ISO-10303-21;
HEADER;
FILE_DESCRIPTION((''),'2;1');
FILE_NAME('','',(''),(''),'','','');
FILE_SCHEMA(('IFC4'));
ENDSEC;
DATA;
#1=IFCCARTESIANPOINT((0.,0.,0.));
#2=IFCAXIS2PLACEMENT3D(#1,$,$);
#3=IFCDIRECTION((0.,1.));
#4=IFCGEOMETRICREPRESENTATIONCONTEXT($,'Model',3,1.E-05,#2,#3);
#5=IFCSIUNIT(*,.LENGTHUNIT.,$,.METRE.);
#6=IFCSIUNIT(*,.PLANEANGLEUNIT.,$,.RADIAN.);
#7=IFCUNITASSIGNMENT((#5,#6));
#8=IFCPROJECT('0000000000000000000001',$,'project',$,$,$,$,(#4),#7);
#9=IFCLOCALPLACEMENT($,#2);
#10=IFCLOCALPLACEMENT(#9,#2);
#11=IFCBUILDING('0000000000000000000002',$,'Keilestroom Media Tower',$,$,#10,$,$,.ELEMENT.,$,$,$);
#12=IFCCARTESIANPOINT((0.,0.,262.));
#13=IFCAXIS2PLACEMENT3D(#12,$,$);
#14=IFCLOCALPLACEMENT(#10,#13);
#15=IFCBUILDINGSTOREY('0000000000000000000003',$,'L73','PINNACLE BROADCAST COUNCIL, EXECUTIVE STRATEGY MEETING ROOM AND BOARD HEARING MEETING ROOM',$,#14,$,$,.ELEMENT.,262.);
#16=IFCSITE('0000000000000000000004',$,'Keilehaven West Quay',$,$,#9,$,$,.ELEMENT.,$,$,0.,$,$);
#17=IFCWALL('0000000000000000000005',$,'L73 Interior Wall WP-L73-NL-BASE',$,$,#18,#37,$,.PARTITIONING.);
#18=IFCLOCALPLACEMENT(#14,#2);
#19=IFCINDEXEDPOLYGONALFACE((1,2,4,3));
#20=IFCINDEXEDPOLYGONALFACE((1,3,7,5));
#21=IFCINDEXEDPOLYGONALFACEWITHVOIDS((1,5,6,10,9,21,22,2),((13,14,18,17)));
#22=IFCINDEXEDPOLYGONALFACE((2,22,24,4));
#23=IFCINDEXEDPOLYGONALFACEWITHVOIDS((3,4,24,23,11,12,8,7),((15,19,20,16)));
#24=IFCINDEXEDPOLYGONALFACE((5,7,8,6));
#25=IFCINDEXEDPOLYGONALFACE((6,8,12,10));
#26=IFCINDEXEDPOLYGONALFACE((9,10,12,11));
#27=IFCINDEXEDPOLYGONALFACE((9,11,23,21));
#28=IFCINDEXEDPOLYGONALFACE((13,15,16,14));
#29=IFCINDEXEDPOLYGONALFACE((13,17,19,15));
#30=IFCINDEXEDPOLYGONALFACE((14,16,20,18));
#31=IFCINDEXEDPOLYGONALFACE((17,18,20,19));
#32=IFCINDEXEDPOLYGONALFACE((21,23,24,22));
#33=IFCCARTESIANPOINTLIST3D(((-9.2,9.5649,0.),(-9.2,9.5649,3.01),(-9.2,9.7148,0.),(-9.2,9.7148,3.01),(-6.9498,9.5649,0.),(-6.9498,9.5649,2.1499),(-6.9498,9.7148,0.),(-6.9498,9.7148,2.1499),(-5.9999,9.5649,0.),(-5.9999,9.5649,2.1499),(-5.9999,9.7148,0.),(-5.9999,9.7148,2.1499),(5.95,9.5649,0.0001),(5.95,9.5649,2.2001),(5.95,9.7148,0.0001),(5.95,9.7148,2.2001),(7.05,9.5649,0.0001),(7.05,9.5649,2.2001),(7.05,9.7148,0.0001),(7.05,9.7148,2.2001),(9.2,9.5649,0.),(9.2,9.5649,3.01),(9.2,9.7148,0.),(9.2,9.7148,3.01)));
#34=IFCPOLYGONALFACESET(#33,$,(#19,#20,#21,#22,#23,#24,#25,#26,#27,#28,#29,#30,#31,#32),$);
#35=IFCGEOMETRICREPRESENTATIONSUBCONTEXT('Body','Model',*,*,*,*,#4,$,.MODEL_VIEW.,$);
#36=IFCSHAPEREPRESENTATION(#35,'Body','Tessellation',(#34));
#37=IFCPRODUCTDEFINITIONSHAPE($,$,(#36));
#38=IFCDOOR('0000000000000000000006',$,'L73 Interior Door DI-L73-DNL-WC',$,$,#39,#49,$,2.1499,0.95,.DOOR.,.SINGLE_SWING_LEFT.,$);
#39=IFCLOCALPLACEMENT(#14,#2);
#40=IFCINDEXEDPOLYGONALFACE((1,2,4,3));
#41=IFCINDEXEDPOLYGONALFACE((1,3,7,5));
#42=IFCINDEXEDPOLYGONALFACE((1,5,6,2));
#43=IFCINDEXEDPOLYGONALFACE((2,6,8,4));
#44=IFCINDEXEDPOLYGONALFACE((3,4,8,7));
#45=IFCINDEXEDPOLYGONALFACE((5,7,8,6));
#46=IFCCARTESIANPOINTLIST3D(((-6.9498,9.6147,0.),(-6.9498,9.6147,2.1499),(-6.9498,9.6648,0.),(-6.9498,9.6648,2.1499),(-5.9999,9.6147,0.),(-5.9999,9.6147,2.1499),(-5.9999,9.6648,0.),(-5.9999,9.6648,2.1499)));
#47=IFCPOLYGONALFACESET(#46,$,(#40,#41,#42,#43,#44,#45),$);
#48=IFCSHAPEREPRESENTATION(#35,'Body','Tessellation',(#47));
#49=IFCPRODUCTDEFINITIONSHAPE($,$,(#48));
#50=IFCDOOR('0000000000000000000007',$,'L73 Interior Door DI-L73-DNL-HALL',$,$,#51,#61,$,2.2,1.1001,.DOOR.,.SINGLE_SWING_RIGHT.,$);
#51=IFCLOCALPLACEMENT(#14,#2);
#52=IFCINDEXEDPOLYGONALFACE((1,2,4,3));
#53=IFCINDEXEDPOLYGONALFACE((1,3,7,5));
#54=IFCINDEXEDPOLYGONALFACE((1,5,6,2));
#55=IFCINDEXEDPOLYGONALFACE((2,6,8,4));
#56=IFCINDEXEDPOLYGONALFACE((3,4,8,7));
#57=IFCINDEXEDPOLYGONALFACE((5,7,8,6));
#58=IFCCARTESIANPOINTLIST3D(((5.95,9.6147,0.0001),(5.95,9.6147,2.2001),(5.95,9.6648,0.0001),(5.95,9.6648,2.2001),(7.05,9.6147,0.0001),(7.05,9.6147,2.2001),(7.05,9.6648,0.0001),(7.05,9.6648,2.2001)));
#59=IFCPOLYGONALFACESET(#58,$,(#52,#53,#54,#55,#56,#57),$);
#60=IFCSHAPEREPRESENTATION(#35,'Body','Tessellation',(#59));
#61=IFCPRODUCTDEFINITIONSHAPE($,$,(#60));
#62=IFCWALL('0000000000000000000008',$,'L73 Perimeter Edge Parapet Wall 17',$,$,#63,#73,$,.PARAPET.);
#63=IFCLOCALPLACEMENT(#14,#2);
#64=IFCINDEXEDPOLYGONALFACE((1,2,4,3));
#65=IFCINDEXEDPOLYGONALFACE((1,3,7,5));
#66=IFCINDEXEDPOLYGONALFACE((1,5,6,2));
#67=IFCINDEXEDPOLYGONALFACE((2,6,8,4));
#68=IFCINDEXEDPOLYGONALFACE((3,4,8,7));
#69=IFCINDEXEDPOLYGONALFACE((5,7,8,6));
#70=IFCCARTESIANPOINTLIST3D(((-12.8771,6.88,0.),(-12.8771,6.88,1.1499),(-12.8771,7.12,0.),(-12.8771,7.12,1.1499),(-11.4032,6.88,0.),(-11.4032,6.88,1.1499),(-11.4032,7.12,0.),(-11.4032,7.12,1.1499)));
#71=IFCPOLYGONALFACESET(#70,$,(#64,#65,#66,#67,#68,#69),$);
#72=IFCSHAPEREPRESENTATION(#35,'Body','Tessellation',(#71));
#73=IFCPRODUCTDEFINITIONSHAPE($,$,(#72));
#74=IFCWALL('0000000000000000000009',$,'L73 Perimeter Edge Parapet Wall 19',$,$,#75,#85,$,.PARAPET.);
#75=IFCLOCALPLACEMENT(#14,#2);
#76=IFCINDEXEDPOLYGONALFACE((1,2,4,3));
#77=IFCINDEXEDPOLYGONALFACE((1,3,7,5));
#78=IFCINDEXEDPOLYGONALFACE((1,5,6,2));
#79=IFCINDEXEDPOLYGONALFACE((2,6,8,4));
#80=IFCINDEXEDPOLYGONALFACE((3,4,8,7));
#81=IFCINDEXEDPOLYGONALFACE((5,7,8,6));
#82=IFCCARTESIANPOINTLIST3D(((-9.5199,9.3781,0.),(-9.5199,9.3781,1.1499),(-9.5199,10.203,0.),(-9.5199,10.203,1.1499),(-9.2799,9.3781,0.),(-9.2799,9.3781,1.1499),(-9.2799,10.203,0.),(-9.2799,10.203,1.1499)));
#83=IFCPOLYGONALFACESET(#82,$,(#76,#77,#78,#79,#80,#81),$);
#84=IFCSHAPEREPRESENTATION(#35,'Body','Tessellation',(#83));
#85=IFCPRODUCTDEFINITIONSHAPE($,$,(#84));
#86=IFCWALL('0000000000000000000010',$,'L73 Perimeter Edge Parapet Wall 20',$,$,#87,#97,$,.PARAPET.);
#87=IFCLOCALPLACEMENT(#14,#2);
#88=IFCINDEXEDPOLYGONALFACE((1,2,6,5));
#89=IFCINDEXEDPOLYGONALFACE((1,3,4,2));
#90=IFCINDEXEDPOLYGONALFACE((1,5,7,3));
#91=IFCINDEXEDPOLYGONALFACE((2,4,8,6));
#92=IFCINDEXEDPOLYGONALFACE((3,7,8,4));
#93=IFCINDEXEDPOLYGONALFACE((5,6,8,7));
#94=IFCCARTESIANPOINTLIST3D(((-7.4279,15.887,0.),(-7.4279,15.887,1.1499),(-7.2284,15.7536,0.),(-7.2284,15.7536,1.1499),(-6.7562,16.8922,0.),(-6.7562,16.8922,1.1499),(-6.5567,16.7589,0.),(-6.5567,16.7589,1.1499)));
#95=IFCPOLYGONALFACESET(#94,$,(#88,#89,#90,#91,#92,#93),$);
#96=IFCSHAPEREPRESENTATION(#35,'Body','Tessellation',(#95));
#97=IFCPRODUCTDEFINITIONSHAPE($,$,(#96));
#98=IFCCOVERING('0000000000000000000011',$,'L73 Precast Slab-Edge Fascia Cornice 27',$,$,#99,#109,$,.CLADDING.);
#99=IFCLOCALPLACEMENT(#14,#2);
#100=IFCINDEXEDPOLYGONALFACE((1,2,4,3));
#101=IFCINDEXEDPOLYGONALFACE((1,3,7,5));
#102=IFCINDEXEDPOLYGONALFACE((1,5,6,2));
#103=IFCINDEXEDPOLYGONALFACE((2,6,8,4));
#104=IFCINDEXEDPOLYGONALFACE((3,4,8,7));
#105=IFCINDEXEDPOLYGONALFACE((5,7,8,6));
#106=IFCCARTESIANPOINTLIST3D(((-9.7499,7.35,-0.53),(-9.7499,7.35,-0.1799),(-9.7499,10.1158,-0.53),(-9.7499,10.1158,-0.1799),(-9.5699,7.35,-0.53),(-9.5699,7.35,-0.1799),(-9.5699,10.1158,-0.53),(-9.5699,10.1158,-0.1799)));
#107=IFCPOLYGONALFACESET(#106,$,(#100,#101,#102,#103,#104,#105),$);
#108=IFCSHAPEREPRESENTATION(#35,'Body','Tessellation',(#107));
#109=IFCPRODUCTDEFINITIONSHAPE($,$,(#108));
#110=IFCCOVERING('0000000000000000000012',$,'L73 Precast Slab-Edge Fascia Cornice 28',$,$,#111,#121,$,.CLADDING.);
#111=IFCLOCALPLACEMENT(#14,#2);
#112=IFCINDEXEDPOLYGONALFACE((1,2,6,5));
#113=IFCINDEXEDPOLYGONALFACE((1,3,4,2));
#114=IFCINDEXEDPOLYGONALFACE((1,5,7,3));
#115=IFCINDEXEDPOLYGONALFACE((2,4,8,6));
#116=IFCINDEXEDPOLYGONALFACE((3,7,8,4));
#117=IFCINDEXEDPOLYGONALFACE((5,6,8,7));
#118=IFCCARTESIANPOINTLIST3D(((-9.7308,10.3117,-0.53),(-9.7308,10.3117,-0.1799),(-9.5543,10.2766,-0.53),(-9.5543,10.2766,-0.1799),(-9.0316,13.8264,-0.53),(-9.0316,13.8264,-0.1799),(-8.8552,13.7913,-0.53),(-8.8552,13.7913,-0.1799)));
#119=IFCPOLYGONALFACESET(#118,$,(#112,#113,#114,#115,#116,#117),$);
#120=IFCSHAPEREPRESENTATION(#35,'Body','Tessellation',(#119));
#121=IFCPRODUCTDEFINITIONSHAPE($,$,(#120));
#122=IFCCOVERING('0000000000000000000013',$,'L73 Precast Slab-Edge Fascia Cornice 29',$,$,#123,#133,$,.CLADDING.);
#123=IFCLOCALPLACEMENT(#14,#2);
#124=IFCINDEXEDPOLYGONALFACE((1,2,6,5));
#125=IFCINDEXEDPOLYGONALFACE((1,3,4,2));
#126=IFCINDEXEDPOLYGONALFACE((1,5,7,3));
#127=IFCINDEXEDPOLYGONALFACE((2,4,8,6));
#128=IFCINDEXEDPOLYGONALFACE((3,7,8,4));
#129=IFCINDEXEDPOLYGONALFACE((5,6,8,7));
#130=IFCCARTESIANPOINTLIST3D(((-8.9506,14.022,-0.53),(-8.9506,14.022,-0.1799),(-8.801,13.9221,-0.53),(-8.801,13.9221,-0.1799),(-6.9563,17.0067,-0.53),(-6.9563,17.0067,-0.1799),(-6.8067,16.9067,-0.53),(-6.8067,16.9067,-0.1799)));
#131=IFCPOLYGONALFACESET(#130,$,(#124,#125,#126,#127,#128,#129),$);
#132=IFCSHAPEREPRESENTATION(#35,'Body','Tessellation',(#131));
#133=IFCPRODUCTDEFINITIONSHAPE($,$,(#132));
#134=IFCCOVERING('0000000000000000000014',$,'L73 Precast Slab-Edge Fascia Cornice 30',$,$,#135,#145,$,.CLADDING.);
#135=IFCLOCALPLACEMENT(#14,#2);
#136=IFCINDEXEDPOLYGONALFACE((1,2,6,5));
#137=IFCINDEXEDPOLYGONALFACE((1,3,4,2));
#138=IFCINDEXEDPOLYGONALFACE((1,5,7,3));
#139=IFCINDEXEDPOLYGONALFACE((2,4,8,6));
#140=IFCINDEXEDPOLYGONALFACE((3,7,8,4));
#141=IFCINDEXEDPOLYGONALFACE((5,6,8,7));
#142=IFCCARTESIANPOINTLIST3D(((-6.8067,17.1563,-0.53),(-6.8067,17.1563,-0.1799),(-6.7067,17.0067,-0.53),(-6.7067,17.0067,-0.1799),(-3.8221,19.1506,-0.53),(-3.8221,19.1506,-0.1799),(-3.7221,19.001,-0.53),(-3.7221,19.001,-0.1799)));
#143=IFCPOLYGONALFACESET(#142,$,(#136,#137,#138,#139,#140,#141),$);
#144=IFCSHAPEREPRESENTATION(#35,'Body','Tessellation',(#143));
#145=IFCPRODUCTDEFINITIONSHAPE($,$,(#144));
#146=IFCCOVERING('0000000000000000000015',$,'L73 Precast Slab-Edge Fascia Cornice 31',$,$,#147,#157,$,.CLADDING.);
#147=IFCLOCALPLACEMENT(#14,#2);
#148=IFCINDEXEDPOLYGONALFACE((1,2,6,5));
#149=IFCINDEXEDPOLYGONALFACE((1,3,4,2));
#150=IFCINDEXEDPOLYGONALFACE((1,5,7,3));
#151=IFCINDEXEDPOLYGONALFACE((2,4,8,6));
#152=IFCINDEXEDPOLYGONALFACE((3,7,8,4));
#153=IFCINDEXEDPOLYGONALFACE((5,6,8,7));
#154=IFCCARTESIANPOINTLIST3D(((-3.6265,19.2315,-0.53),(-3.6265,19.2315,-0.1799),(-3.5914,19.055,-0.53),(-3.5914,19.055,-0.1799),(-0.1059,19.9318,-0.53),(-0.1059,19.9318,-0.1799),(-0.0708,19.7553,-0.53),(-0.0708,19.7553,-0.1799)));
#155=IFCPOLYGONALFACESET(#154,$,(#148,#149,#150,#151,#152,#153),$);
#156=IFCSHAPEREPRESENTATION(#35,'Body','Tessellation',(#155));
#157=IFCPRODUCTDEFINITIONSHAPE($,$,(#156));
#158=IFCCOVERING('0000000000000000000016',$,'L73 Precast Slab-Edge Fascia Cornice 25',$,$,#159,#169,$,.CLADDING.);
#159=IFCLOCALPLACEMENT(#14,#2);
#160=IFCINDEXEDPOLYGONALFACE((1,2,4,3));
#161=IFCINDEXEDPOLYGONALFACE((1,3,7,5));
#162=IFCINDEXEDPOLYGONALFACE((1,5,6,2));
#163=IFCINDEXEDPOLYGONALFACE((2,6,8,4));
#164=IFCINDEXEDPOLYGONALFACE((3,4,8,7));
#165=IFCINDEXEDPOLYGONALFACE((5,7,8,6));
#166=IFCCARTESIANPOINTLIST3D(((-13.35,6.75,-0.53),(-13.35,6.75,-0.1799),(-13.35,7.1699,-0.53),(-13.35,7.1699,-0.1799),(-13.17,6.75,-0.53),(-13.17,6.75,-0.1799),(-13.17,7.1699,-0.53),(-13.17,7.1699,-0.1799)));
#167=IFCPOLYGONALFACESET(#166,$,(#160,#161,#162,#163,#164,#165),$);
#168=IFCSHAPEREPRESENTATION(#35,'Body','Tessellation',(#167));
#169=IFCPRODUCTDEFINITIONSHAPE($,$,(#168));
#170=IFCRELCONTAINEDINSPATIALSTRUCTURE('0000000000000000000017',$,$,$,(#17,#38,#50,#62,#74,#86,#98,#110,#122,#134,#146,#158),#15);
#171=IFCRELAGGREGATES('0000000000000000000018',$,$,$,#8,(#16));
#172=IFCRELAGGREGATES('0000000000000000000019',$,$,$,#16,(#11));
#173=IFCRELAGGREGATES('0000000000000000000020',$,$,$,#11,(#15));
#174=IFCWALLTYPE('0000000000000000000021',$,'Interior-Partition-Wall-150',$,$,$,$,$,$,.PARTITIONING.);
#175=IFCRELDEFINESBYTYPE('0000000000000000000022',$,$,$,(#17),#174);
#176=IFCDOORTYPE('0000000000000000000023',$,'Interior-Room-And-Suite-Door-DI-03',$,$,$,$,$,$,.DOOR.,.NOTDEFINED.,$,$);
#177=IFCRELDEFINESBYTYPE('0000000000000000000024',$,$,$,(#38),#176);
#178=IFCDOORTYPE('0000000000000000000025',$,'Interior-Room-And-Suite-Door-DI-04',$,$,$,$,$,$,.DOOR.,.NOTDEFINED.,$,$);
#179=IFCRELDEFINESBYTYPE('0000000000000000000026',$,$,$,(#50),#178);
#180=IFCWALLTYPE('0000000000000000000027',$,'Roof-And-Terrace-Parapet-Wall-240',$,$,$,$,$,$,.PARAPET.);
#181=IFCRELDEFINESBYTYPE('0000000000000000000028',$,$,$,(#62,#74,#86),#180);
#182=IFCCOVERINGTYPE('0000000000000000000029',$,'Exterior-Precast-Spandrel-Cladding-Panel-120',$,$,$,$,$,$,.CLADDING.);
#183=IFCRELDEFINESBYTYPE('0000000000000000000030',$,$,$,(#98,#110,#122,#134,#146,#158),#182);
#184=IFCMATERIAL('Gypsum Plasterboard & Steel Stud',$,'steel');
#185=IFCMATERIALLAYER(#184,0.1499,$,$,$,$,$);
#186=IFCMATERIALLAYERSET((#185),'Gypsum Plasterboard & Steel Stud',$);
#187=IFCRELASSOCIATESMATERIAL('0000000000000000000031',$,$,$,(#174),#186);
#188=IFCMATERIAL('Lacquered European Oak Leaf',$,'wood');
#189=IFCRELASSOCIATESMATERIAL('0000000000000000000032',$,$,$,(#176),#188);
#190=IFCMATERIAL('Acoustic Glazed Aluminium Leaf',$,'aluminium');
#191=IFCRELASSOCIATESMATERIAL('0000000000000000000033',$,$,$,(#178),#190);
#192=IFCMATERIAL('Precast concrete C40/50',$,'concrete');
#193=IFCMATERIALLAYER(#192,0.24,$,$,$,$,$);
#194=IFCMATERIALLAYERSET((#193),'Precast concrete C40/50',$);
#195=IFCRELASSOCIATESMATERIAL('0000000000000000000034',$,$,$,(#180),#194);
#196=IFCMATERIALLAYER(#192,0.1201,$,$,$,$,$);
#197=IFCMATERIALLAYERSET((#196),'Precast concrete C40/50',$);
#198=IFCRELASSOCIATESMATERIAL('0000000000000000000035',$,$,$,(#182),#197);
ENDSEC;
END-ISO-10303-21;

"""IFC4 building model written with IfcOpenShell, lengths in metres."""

from ifc_helpers import new_model, si_unit, direction, frame, frame_2d, origin, origin_2d, place, context, subcontext, project, spatial, rectangle, extrude, source, transform, mapped, material, layer, layer_set, type_object, element, fill, save


model = new_model("IFC4")

# Units and contexts
model_context = context("Model", 3, precision=1e-05, world=origin(), true_north=direction((0.0, 1.0)))
body_context = subcontext(model_context, "Body", "Model", "MODEL_VIEW")
ifc_project = project(units=[si_unit("LENGTHUNIT", "METRE"), si_unit("PLANEANGLEUNIT", "RADIAN")], contexts=[model_context])

# Site, building, storey
site_placement = place(None, origin())
site = spatial("IfcSite", under=ifc_project, at=site_placement, Name="Keilehaven West Quay", CompositionType="ELEMENT", RefElevation=0.0)
building_placement = place(site_placement, origin())
building = spatial("IfcBuilding", under=site, at=building_placement, Name="Keilestroom Media Tower", CompositionType="ELEMENT")
storey_placement = place(building_placement, frame((0.0, 0.0, 262.0)))
storey = spatial("IfcBuildingStorey", under=building, at=storey_placement, Name="L73", Description="PINNACLE BROADCAST COUNCIL, EXECUTIVE STRATEGY MEETING ROOM AND BOARD HEARING MEETING ROOM", CompositionType="ELEMENT", Elevation=262.0)

# Shared definitions
ifc_material_1 = material(Name="Precast concrete C40/50", Category="concrete")
ifc_material_2 = material(Name="Gypsum Plasterboard & Steel Stud", Category="steel")

# Wall, openings, doors
ifc_layer_1 = layer(ifc_material_2, 0.1499)
ifc_layer_set_1 = layer_set([ifc_layer_1], Name="Gypsum Plasterboard & Steel Stud")
wall_type_1 = type_object("IfcWallType", Name="Interior-Partition-Wall-150", PredefinedType="PARTITIONING", material=ifc_layer_set_1)
wall_1_placement = place(storey_placement, frame((-9.2, 9.6399, 0.0), z_axis=(0.0, 0.0, 1.0), x_axis=(1.0, 0.0, 0.0)))
wall_1 = element("IfcWall", 1, at=wall_1_placement, inside=storey, type_object=wall_type_1, Name="L73 Interior Wall WP-L73-NL-BASE", PredefinedType="PARTITIONING", context=body_context, shape_type="SweptSolid", body=[
    extrude(rectangle(XDim=18.3999, YDim=0.1499, at=frame_2d((9.2, 0.0))), origin(), (0.0, 0.0, 1.0), 3.01),
])
opening_1_placement = place(wall_1_placement, frame((2.25, 0.0, 0.0)))
opening_1 = element("IfcOpeningElement", 2, at=opening_1_placement, cuts=wall_1, PredefinedType="OPENING", context=body_context, shape_type="SweptSolid", body=[
    extrude(rectangle(XDim=0.95, YDim=2.1499, at=frame_2d((0.4751, 1.075))), frame((0.0, 0.085, 0.0), z_axis=(0.0, -1.0, 0.0), x_axis=(1.0, 0.0, 0.0)), (0.0, 0.0, 1.0), 0.1699),
])
opening_2_placement = place(wall_1_placement, frame((15.1499, 0.0, 0.0)))
opening_2 = element("IfcOpeningElement", 3, at=opening_2_placement, cuts=wall_1, PredefinedType="OPENING", context=body_context, shape_type="SweptSolid", body=[
    extrude(rectangle(XDim=1.1001, YDim=2.2, at=frame_2d((0.55, 1.1001))), frame((0.0, 0.085, 0.0), z_axis=(0.0, -1.0, 0.0), x_axis=(1.0, 0.0, 0.0)), (0.0, 0.0, 1.0), 0.1699),
])
ifc_material_3 = material(Name="Lacquered European Oak Leaf", Category="wood")
door_type_1 = type_object("IfcDoorType", Name="Interior-Room-And-Suite-Door-DI-03", OperationType="NOTDEFINED", PredefinedType="DOOR", material=ifc_material_3)
shared_shape_1 = source(origin(), body_context, "Body", "SweptSolid", [
    extrude(rectangle(XDim=0.95, YDim=2.1499, at=frame_2d((0.4751, 1.075))), frame((0.0, 0.0249, 0.0), z_axis=(0.0, -1.0, 0.0), x_axis=(1.0, 0.0, 0.0)), (0.0, 0.0, 1.0), 0.05),
])
door_1_placement = place(opening_1_placement, origin())
door_1 = element("IfcDoor", 4, at=door_1_placement, inside=storey, type_object=door_type_1, Name="L73 Interior Door DI-L73-DNL-WC", OperationType="SINGLE_SWING_LEFT", OverallHeight=2.1499, OverallWidth=0.95, PredefinedType="DOOR", context=body_context, shape_type="MappedRepresentation", body=[
    mapped(shared_shape_1, transform((0.0, 0.0, 0.0), x_axis=(1.0, 0.0, 0.0), y_axis=(0.0, 1.0, 0.0), z_axis=(0.0, 0.0, 1.0), scale=1.0)),
])
fill(opening_1, door_1)
ifc_material_4 = material(Name="Acoustic Glazed Aluminium Leaf", Category="aluminium")
door_type_2 = type_object("IfcDoorType", Name="Interior-Room-And-Suite-Door-DI-04", OperationType="NOTDEFINED", PredefinedType="DOOR", material=ifc_material_4)
shared_shape_2 = source(origin(), body_context, "Body", "SweptSolid", [
    extrude(rectangle(XDim=1.1001, YDim=2.2, at=frame_2d((0.55, 1.1001))), frame((0.0, 0.0249, 0.0), z_axis=(0.0, -1.0, 0.0), x_axis=(1.0, 0.0, 0.0)), (0.0, 0.0, 1.0), 0.05),
])
door_2_placement = place(opening_2_placement, origin())
door_2 = element("IfcDoor", 5, at=door_2_placement, inside=storey, type_object=door_type_2, Name="L73 Interior Door DI-L73-DNL-HALL", OperationType="SINGLE_SWING_RIGHT", OverallHeight=2.2, OverallWidth=1.1001, PredefinedType="DOOR", context=body_context, shape_type="MappedRepresentation", body=[
    mapped(shared_shape_2, transform((0.0, 0.0, 0.0), x_axis=(1.0, 0.0, 0.0), y_axis=(0.0, 1.0, 0.0), z_axis=(0.0, 0.0, 1.0), scale=1.0)),
])
fill(opening_2, door_2)

# Walls
ifc_layer_2 = layer(ifc_material_1, 0.24)
ifc_layer_set_2 = layer_set([ifc_layer_2], Name="Precast concrete C40/50")
wall_type_2 = type_object("IfcWallType", Name="Roof-And-Terrace-Parapet-Wall-240", PredefinedType="PARAPET", material=ifc_layer_set_2)
wall_2_placement = place(storey_placement, frame((-12.877, 7.0, 0.0), z_axis=(0.0, 0.0, 1.0), x_axis=(1.0, 0.0, 0.0)))
element("IfcWall", 6, at=wall_2_placement, inside=storey, type_object=wall_type_2, Name="L73 Perimeter Edge Parapet Wall 17", PredefinedType="PARAPET", context=body_context, shape_type="SweptSolid", body=[
    extrude(rectangle(XDim=1.4739, YDim=0.24, at=frame_2d((0.7368, 0.0))), origin(), (0.0, 0.0, 1.0), 1.1499),
])
wall_3_placement = place(storey_placement, frame((-9.3999, 9.3779, 0.0), z_axis=(0.0, 0.0, 1.0), x_axis=(0.0, 1.0, 0.0)))
element("IfcWall", 7, at=wall_3_placement, inside=storey, type_object=wall_type_2, Name="L73 Perimeter Edge Parapet Wall 19", PredefinedType="PARAPET", context=body_context, shape_type="SweptSolid", body=[
    extrude(rectangle(XDim=0.825, YDim=0.24, at=frame_2d((0.4126, 0.0))), origin(), (0.0, 0.0, 1.0), 1.1499),
])
wall_4_placement = place(storey_placement, frame((-7.3281, 15.8203, 0.0), z_axis=(0.0, 0.0, 1.0), x_axis=(0.555585, 0.831459, 0.0)))
element("IfcWall", 8, at=wall_4_placement, inside=storey, type_object=wall_type_2, Name="L73 Perimeter Edge Parapet Wall 20", PredefinedType="PARAPET", context=body_context, shape_type="SweptSolid", body=[
    extrude(rectangle(XDim=1.209, YDim=0.24, at=frame_2d((0.6045, 0.0))), origin(), (0.0, 0.0, 1.0), 1.1499),
])

# Coverings
ifc_layer_3 = layer(ifc_material_1, 0.1201)
ifc_layer_set_3 = layer_set([ifc_layer_3], Name="Precast concrete C40/50")
covering_type_1 = type_object("IfcCoveringType", Name="Exterior-Precast-Spandrel-Cladding-Panel-120", PredefinedType="CLADDING", material=ifc_layer_set_3)
shared_shape_3 = source(origin(), body_context, "Body", "SweptSolid", [
    extrude(rectangle(XDim=2.7659, YDim=0.1799, at=origin_2d()), origin(), (0.0, 0.0, 1.0), 0.3501),
])
covering_1_placement = place(storey_placement, frame((-9.6599, 8.7329, -0.53), z_axis=(0.0, 0.0, 1.0), x_axis=(0.0, 1.0, 0.0)))
element("IfcCovering", 9, at=covering_1_placement, inside=storey, type_object=covering_type_1, Name="L73 Precast Slab-Edge Fascia Cornice 27", PredefinedType="CLADDING", context=body_context, shape_type="MappedRepresentation", body=[
    mapped(shared_shape_3, transform((0.0, 0.0, 0.0), x_axis=(1.0, 0.0, 0.0), y_axis=(0.0, 1.0, 0.0), z_axis=(0.0, 0.0, 1.0), scale=1.0)),
])
shared_shape_4 = source(origin(), body_context, "Body", "SweptSolid", [
    extrude(rectangle(XDim=3.5835, YDim=0.1799, at=origin_2d()), origin(), (0.0, 0.0, 1.0), 0.3501),
])
covering_2_placement = place(storey_placement, frame((-9.293, 12.0515, -0.53), z_axis=(0.0, 0.0, 1.0), x_axis=(0.195099, 0.980784, 0.0)))
element("IfcCovering", 10, at=covering_2_placement, inside=storey, type_object=covering_type_1, Name="L73 Precast Slab-Edge Fascia Cornice 28", PredefinedType="CLADDING", context=body_context, shape_type="MappedRepresentation", body=[
    mapped(shared_shape_4, transform((0.0, 0.0, 0.0), x_axis=(1.0, 0.0, 0.0), y_axis=(0.0, 1.0, 0.0), z_axis=(0.0, 0.0, 1.0), scale=1.0)),
])
shared_shape_5 = source(origin(), body_context, "Body", "SweptSolid", [
    extrude(rectangle(XDim=3.5896, YDim=0.1799, at=origin_2d()), origin(), (0.0, 0.0, 1.0), 0.3501),
])
for number, where, z_axis, x_axis, name in (
    (11, (-7.8787, 15.4644, -0.53), (0.0, 0.0, 1.0), (0.555575, 0.831467, 0.0), "L73 Precast Slab-Edge Fascia Cornice 29"),
    (12, (-5.2644, 18.0786, -0.53), (0.0, 0.0, 1.0), (0.831467, 0.555575, 0.0), "L73 Precast Slab-Edge Fascia Cornice 30"),
    (13, (-1.8486, 19.4934, -0.53), (0.0, 0.0, 1.0), (0.980784, 0.195099, 0.0), "L73 Precast Slab-Edge Fascia Cornice 31"),
):
    element("IfcCovering", number, at=place(storey_placement, frame(where, z_axis=z_axis, x_axis=x_axis)), inside=storey, type_object=covering_type_1, Name=name, PredefinedType="CLADDING", context=body_context, shape_type="MappedRepresentation", body=[
        mapped(shared_shape_5, transform((0.0, 0.0, 0.0), x_axis=(1.0, 0.0, 0.0), y_axis=(0.0, 1.0, 0.0), z_axis=(0.0, 0.0, 1.0), scale=1.0)),
    ])
shared_shape_6 = source(origin(), body_context, "Body", "SweptSolid", [
    extrude(rectangle(XDim=0.4199, YDim=0.1799, at=origin_2d()), origin(), (0.0, 0.0, 1.0), 0.3501),
])
covering_3_placement = place(storey_placement, frame((-13.26, 6.96, -0.53), z_axis=(0.0, 0.0, 1.0), x_axis=(0.0, 1.0, 0.0)))
element("IfcCovering", 14, at=covering_3_placement, inside=storey, type_object=covering_type_1, Name="L73 Precast Slab-Edge Fascia Cornice 25", PredefinedType="CLADDING", context=body_context, shape_type="MappedRepresentation", body=[
    mapped(shared_shape_6, transform((0.0, 0.0, 0.0), x_axis=(1.0, 0.0, 0.0), y_axis=(0.0, 1.0, 0.0), z_axis=(0.0, 0.0, 1.0), scale=1.0)),
])

save(model, "model.ifc")
